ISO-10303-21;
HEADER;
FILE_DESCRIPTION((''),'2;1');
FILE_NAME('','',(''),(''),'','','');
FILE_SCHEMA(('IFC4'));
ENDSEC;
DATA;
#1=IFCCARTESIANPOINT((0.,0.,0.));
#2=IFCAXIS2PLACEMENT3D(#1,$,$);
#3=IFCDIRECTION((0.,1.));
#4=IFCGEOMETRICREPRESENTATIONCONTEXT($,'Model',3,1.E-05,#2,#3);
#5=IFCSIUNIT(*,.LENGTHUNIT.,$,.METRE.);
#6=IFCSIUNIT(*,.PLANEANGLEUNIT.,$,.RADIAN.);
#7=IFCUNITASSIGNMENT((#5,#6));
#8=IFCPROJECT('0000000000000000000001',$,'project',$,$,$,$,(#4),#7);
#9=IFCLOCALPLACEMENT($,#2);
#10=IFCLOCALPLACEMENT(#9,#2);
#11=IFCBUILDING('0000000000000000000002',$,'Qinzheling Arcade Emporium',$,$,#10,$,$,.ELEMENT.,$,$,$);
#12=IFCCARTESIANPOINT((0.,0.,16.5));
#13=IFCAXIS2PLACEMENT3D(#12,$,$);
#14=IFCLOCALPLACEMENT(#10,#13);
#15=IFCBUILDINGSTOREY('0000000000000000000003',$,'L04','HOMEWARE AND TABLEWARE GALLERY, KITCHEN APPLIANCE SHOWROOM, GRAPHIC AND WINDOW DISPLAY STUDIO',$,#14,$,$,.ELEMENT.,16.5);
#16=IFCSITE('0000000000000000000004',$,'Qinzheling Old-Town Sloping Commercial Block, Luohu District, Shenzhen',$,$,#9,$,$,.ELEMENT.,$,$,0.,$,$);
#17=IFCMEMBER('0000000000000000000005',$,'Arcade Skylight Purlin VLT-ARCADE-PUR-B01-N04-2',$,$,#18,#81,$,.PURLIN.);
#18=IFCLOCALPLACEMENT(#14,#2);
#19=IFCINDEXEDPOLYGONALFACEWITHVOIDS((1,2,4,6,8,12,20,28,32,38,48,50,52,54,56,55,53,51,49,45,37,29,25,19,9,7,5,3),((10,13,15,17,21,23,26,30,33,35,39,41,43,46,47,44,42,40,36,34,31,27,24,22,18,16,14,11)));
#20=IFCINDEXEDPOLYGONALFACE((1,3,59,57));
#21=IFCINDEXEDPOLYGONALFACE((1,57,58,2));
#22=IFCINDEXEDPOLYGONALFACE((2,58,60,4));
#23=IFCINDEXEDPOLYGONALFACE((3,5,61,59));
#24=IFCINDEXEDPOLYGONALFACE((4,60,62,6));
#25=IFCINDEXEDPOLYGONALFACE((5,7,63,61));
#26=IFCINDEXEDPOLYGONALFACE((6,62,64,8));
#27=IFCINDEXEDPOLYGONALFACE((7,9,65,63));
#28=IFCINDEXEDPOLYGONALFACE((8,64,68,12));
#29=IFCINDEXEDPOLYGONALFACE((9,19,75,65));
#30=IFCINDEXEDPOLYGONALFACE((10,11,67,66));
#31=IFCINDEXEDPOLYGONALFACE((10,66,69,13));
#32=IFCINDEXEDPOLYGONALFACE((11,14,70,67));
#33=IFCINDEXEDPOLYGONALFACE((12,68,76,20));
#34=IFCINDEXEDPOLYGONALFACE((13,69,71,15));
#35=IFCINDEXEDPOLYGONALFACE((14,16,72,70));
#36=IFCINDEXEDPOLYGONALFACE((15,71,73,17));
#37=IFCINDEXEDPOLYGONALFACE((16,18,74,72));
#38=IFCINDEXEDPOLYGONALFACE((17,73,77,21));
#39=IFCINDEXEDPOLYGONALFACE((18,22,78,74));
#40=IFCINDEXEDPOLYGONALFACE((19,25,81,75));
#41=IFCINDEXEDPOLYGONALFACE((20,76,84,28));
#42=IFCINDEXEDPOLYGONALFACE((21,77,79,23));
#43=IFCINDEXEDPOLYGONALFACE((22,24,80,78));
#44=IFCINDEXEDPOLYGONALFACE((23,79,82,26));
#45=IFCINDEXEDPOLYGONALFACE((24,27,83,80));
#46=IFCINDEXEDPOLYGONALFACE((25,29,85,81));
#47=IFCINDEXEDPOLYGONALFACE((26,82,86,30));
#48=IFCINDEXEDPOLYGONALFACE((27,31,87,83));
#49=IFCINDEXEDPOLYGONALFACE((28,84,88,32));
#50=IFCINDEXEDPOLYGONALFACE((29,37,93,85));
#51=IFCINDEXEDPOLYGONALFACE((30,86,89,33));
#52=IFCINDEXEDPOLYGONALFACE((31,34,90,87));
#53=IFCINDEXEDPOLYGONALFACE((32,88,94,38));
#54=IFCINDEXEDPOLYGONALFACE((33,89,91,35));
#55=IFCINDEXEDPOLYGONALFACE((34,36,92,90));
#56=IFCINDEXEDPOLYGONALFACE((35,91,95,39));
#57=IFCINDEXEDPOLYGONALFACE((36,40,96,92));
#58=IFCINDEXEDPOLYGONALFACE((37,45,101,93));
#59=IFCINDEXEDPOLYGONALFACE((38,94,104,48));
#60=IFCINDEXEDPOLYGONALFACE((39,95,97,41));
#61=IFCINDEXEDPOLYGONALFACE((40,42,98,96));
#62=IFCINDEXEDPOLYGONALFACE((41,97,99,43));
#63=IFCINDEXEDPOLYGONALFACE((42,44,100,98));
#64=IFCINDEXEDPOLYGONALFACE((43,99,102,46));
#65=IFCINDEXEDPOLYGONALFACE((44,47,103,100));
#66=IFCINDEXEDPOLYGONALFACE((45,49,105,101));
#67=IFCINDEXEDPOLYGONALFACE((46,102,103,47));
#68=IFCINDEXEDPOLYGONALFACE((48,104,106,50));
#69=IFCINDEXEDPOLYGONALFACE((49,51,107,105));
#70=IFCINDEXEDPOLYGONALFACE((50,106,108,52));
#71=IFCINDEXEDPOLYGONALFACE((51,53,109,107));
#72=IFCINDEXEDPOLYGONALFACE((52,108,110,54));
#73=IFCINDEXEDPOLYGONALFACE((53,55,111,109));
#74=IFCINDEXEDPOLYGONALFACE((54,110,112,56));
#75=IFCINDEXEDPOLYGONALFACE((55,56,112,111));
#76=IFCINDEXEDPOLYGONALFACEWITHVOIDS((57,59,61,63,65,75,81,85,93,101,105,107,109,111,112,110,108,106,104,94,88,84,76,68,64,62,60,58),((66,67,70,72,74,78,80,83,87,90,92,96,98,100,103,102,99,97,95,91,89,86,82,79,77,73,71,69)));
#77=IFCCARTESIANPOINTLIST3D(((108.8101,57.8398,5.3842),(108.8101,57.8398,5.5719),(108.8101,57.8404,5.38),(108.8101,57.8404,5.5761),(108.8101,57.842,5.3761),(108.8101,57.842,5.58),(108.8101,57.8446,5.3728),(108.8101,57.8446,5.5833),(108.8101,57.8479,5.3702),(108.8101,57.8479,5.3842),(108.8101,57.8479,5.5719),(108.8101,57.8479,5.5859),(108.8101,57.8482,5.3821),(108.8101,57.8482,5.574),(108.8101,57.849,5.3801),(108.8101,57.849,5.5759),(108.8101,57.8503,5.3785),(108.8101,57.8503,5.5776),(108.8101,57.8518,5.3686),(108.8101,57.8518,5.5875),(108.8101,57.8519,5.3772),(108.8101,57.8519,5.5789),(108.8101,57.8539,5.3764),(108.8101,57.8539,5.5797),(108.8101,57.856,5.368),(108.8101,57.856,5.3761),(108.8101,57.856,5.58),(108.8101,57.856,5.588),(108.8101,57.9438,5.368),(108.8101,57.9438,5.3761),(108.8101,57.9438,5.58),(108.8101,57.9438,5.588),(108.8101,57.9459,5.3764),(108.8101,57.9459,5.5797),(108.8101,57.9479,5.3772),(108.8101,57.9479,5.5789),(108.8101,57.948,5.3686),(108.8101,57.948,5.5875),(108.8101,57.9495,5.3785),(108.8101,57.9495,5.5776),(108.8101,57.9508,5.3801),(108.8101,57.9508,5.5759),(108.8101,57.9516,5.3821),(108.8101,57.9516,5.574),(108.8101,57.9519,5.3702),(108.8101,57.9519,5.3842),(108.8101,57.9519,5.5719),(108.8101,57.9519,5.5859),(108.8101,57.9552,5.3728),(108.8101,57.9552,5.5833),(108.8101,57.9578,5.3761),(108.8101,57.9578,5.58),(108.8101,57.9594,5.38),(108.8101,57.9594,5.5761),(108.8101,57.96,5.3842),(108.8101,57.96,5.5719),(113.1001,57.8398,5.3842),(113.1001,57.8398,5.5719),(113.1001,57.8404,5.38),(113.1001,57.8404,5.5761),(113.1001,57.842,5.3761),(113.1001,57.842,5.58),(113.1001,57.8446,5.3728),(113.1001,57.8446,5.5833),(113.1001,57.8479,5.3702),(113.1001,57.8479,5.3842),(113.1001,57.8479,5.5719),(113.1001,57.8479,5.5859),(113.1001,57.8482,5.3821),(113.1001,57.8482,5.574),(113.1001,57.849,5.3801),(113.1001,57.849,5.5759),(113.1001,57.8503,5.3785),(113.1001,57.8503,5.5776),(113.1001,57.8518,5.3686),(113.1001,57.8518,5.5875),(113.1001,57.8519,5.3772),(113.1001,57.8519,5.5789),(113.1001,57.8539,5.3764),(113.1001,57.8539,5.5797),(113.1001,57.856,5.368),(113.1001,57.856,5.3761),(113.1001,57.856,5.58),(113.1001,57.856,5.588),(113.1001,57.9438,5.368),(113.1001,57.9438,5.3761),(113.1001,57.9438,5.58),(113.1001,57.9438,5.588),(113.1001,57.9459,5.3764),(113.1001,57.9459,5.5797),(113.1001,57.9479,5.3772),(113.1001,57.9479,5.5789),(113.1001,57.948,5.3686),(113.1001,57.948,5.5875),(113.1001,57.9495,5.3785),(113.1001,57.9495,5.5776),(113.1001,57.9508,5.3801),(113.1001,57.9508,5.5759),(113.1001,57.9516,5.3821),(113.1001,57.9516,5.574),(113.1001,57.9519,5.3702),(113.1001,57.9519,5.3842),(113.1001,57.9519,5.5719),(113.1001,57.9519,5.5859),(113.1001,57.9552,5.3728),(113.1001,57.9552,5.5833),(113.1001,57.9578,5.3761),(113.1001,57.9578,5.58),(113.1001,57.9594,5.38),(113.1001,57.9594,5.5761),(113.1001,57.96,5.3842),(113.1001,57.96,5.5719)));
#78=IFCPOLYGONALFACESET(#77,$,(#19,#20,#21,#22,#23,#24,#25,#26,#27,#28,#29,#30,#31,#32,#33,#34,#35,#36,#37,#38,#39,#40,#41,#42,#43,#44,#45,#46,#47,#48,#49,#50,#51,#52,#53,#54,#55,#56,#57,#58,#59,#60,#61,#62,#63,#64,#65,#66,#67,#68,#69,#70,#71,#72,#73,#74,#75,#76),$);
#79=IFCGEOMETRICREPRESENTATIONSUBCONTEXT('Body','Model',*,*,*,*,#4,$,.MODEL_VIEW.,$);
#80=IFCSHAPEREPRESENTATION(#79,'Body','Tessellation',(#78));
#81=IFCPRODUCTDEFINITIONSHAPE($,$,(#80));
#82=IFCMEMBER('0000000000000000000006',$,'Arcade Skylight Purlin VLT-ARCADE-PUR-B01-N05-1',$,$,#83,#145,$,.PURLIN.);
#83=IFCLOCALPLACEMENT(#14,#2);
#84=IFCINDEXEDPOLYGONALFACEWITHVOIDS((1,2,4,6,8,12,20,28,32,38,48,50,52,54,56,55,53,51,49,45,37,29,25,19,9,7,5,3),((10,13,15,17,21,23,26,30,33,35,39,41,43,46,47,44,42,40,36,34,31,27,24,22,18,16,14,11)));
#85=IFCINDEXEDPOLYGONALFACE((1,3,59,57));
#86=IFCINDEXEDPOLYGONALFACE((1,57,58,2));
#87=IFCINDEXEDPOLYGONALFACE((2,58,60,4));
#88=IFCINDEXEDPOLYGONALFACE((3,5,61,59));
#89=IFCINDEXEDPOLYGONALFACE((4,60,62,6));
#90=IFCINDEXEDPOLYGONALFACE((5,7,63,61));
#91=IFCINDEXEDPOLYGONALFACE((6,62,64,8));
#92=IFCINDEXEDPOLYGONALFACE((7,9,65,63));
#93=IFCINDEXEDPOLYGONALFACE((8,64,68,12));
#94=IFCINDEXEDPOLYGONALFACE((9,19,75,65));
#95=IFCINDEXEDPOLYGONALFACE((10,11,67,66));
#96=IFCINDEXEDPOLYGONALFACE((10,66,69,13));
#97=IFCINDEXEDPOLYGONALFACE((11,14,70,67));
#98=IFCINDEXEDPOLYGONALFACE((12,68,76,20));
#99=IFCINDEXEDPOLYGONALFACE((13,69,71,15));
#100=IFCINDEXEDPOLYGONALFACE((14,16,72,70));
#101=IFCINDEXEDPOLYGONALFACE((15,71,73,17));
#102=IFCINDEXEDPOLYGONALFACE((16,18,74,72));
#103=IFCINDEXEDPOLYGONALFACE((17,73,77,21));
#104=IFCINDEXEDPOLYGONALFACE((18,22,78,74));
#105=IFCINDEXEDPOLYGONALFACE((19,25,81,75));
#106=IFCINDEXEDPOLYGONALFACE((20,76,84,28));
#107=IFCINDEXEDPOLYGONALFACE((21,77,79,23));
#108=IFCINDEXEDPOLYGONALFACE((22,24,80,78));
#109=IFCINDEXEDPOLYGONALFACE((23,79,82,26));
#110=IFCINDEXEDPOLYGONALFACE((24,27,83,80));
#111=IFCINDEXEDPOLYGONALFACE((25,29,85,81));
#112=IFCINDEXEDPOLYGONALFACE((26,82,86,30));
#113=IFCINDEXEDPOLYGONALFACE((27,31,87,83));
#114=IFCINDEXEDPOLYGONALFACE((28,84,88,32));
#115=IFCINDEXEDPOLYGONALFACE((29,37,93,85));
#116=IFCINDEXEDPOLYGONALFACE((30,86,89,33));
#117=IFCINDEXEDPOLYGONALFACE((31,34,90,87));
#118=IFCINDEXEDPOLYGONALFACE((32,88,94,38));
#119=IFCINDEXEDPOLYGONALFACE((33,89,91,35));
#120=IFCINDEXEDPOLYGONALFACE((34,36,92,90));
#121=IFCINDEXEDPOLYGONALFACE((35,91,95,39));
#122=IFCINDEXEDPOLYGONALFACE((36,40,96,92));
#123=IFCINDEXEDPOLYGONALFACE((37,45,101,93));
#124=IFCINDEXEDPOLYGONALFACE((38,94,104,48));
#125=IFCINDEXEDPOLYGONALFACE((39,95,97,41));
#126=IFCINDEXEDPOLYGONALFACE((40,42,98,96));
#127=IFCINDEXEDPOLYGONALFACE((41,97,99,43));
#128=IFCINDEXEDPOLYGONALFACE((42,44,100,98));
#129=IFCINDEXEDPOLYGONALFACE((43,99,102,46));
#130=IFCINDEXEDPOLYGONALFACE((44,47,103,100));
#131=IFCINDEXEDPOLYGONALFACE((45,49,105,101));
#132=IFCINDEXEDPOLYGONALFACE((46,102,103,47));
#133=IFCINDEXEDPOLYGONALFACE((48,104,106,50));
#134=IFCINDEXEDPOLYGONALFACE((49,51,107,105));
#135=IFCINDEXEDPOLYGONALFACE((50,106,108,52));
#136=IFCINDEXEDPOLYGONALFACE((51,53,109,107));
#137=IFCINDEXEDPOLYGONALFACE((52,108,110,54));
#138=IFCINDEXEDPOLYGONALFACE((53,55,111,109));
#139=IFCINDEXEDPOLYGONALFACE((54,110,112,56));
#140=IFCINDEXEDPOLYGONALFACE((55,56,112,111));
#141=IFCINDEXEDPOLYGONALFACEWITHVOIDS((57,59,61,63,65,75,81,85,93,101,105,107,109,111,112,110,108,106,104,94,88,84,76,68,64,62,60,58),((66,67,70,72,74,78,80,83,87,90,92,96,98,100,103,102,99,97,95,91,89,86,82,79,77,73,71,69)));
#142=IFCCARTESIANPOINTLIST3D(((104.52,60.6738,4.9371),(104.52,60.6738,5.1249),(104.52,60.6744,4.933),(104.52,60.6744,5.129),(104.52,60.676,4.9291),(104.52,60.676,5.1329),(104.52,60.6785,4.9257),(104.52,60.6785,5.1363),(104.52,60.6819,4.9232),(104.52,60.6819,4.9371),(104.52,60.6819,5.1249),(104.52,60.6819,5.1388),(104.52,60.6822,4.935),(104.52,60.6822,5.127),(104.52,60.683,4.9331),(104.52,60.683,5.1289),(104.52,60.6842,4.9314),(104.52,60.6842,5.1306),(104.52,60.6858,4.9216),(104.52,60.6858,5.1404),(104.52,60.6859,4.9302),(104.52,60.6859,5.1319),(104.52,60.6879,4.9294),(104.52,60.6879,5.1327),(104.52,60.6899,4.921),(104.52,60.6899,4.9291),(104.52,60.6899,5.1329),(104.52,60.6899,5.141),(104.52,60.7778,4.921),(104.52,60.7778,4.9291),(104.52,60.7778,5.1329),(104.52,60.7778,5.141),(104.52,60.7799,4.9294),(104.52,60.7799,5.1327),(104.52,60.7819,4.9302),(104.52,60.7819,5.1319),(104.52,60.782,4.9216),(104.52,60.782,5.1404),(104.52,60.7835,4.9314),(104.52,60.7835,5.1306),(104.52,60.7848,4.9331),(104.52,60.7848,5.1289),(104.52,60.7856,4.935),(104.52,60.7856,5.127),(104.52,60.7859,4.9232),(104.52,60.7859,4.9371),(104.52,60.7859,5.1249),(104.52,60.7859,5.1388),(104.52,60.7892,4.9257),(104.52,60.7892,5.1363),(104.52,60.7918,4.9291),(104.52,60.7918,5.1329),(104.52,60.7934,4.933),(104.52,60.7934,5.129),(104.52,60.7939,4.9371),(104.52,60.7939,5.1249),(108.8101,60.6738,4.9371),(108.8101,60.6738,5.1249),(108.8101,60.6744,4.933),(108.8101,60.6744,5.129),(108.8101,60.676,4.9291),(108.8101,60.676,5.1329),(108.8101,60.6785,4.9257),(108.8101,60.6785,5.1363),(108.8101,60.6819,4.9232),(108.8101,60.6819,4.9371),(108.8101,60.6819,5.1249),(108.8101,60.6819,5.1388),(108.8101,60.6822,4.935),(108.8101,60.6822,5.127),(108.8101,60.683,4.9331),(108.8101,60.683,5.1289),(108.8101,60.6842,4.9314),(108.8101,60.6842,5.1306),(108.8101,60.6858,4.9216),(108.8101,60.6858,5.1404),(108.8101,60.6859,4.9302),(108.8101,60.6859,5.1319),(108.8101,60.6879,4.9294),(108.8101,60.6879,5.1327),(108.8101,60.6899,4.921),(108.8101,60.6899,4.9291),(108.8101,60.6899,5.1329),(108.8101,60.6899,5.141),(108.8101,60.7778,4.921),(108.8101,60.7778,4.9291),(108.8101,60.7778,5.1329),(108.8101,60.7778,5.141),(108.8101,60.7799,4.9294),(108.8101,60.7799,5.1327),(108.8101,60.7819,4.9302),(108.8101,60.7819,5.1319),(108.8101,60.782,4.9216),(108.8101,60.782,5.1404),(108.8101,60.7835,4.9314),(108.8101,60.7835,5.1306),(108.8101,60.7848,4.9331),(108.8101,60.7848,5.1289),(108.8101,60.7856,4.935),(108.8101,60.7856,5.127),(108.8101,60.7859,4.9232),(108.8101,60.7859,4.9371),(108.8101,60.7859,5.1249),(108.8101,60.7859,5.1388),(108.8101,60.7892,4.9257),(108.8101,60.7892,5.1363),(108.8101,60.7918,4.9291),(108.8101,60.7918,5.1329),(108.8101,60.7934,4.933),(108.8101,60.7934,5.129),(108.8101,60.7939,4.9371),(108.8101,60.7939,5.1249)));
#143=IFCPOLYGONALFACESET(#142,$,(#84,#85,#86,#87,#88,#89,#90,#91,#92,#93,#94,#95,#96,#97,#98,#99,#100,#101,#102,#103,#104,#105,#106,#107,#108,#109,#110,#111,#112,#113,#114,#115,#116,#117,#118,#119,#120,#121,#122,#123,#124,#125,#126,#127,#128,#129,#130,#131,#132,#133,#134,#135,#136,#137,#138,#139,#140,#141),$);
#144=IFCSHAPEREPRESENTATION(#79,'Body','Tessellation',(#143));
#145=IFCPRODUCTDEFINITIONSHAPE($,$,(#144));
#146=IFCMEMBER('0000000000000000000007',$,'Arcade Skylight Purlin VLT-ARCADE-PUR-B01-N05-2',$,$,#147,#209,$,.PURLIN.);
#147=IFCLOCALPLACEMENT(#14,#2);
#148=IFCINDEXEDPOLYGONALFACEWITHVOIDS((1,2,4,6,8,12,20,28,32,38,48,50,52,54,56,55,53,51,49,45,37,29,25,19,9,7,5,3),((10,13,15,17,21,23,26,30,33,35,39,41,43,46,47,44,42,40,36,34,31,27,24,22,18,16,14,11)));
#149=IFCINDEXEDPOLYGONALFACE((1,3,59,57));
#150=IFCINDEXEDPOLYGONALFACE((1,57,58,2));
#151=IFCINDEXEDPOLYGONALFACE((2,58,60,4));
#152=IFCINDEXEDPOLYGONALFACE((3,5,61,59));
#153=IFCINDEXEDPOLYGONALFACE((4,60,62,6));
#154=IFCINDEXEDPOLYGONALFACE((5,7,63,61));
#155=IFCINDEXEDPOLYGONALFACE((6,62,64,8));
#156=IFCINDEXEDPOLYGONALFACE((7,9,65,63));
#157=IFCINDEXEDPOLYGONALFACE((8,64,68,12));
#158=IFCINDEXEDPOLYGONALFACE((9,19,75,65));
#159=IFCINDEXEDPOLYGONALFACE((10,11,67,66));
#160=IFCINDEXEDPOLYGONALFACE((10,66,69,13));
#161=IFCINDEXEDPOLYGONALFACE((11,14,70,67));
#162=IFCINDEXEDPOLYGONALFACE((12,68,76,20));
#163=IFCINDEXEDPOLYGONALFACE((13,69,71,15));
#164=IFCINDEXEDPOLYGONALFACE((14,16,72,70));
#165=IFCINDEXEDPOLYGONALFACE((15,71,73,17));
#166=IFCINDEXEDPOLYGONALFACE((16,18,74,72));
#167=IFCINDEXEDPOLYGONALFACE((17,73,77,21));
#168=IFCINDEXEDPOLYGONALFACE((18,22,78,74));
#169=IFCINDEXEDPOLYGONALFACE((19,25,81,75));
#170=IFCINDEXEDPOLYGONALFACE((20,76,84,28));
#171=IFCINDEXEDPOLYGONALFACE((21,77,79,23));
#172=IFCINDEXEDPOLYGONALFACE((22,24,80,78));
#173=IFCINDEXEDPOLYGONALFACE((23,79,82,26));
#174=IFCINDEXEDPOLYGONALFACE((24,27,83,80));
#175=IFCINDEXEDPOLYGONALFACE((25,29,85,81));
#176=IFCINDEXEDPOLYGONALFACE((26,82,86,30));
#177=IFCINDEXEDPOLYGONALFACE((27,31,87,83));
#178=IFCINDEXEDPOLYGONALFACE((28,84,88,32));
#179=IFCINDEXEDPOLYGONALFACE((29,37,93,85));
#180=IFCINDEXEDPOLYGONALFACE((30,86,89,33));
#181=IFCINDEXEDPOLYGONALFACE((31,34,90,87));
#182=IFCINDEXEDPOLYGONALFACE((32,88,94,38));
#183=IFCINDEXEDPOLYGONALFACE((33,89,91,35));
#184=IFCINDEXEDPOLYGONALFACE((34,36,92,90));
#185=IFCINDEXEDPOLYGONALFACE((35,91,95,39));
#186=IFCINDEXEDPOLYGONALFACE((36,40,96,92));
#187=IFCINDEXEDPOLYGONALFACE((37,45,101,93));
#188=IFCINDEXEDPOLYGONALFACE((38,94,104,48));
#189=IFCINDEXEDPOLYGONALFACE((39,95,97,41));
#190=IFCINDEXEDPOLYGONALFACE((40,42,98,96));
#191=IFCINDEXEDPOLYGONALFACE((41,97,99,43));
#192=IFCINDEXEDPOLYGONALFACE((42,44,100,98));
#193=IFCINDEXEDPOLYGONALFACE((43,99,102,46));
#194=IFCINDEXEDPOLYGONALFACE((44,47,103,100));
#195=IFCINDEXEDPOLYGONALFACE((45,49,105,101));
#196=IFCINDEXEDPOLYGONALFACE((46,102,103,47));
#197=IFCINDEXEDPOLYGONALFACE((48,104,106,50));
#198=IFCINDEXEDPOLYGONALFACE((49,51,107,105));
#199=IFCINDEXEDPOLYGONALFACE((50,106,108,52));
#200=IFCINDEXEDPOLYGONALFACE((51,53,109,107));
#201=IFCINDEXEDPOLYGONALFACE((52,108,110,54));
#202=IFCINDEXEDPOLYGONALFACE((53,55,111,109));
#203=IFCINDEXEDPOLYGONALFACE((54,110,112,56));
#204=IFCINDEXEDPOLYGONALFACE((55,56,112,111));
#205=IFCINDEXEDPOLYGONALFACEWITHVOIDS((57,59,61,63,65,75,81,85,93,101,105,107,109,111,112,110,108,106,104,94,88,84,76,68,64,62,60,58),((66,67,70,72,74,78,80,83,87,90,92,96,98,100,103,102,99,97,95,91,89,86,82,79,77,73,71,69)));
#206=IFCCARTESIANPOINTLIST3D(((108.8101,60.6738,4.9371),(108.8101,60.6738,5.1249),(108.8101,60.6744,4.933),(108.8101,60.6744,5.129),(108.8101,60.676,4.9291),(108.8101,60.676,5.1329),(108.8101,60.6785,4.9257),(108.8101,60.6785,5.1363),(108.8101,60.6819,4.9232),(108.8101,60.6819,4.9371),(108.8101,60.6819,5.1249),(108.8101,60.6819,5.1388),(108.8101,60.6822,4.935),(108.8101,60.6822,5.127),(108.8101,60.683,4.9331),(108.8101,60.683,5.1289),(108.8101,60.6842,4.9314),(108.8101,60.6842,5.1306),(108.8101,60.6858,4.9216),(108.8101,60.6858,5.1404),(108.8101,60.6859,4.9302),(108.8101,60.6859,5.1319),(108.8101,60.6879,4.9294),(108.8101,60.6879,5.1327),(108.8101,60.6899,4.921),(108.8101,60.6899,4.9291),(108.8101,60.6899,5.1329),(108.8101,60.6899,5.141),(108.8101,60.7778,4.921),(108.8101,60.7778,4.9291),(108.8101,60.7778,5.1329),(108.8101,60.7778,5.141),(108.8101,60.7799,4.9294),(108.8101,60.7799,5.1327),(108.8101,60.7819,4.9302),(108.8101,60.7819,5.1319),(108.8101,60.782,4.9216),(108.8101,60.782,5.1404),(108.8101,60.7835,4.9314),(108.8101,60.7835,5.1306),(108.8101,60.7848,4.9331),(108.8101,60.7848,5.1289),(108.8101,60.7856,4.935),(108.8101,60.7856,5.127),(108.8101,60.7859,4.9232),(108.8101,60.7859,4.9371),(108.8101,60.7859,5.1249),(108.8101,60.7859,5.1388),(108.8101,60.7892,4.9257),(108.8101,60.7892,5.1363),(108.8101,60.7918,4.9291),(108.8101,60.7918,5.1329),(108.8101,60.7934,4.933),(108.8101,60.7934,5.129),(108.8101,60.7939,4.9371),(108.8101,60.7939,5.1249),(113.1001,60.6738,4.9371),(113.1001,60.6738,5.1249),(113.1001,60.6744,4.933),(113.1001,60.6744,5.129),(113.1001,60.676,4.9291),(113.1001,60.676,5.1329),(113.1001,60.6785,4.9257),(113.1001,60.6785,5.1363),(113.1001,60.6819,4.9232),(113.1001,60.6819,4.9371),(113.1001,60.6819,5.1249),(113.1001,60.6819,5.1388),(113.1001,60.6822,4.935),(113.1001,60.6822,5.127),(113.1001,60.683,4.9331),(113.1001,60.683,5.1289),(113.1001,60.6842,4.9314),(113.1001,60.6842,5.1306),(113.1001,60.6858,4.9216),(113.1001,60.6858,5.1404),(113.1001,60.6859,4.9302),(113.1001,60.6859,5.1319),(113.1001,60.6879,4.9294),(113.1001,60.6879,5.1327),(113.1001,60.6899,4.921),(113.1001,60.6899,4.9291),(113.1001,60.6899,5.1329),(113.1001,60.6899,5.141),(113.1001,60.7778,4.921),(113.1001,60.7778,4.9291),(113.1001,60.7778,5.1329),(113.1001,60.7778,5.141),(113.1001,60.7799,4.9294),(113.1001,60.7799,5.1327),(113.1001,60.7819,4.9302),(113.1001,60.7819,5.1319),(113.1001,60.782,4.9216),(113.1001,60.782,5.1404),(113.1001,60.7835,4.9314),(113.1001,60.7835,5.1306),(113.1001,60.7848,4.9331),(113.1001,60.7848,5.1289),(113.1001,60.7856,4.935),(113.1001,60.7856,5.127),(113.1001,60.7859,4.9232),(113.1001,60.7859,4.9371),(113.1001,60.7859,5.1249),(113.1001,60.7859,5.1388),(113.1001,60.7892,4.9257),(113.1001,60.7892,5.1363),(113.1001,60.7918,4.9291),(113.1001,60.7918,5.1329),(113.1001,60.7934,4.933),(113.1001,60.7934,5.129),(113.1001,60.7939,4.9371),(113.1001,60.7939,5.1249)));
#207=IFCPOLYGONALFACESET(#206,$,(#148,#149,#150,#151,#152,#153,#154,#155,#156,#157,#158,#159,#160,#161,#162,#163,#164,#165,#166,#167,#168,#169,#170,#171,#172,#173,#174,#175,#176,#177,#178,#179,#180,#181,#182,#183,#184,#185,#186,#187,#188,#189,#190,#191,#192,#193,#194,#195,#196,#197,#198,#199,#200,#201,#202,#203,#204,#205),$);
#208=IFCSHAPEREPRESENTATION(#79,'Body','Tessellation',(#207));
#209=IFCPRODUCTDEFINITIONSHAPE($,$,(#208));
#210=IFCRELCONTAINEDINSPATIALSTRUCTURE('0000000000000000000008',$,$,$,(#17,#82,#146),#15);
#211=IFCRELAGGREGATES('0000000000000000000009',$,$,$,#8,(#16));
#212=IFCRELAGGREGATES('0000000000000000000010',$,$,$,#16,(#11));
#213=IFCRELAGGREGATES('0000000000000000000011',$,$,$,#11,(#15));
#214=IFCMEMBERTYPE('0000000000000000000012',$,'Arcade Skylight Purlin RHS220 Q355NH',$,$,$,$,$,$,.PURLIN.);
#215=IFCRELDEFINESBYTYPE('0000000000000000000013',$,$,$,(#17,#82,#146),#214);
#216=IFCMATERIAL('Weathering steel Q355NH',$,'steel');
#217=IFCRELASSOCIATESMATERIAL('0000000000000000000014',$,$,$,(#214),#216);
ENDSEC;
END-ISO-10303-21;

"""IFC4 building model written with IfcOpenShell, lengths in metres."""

from ifc_helpers import new_model, si_unit, direction, frame, origin, origin_2d, place, context, subcontext, project, spatial, hollow_rectangle, extrude, material, material_profile, profile_set, type_object, element, save


model = new_model("IFC4")

# Units and contexts
model_context = context("Model", 3, precision=1e-05, world=origin(), true_north=direction((0.0, 1.0)))
body_context = subcontext(model_context, "Body", "Model", "MODEL_VIEW")
ifc_project = project(units=[si_unit("LENGTHUNIT", "METRE"), si_unit("PLANEANGLEUNIT", "RADIAN")], contexts=[model_context])

# Site, building, storey
site_placement = place(None, origin())
site = spatial("IfcSite", under=ifc_project, at=site_placement, Name="Qinzheling Old-Town Sloping Commercial Block, Luohu District, Shenzhen", CompositionType="ELEMENT", RefElevation=0.0)
building_placement = place(site_placement, origin())
building = spatial("IfcBuilding", under=site, at=building_placement, Name="Qinzheling Arcade Emporium", CompositionType="ELEMENT")
storey_placement = place(building_placement, frame((0.0, 0.0, 16.5)))
storey = spatial("IfcBuildingStorey", under=building, at=storey_placement, Name="L04", Description="HOMEWARE AND TABLEWARE GALLERY, KITCHEN APPLIANCE SHOWROOM, GRAPHIC AND WINDOW DISPLAY STUDIO", CompositionType="ELEMENT", Elevation=16.5)

# Shared definitions
ifc_material_1 = material(Name="Weathering steel Q355NH", Category="steel")

# Members
ifc_material_profile_1 = material_profile(ifc_material_1, hollow_rectangle(XDim=0.1201, YDim=0.22, WallThickness=0.0081, InnerFilletRadius=0.0081, OuterFilletRadius=0.0161, at=origin_2d()), Name="RHS 220x120x8", Category="steel")
ifc_profile_set_1 = profile_set([ifc_material_profile_1], Name="Weathering steel Q355NH")
member_type_1 = type_object("IfcMemberType", Name="Arcade Skylight Purlin RHS220 Q355NH", PredefinedType="PURLIN", material=ifc_profile_set_1)
for number, where, z_axis, x_axis, name in (
    (1, (108.8101, 57.8999, 5.478), (1.0, 0.0, 0.0), (0.0, 1.0, 0.0), "Arcade Skylight Purlin VLT-ARCADE-PUR-B01-N04-2"),
    (2, (104.52, 60.7339, 5.031), (1.0, 0.0, 0.0), (0.0, 1.0, 0.0), "Arcade Skylight Purlin VLT-ARCADE-PUR-B01-N05-1"),
    (3, (108.8101, 60.7339, 5.031), (1.0, 0.0, 0.0), (0.0, 1.0, 0.0), "Arcade Skylight Purlin VLT-ARCADE-PUR-B01-N05-2"),
):
    element("IfcMember", number, at=place(storey_placement, frame(where, z_axis=z_axis, x_axis=x_axis)), inside=storey, type_object=member_type_1, Name=name, PredefinedType="PURLIN", context=body_context, shape_type="SweptSolid", body=[
        extrude(hollow_rectangle(XDim=0.1201, YDim=0.22, WallThickness=0.0081, InnerFilletRadius=0.0081, OuterFilletRadius=0.0161, at=origin_2d()), origin(), (0.0, 0.0, 1.0), 4.29),
    ])

save(model, "model.ifc")
